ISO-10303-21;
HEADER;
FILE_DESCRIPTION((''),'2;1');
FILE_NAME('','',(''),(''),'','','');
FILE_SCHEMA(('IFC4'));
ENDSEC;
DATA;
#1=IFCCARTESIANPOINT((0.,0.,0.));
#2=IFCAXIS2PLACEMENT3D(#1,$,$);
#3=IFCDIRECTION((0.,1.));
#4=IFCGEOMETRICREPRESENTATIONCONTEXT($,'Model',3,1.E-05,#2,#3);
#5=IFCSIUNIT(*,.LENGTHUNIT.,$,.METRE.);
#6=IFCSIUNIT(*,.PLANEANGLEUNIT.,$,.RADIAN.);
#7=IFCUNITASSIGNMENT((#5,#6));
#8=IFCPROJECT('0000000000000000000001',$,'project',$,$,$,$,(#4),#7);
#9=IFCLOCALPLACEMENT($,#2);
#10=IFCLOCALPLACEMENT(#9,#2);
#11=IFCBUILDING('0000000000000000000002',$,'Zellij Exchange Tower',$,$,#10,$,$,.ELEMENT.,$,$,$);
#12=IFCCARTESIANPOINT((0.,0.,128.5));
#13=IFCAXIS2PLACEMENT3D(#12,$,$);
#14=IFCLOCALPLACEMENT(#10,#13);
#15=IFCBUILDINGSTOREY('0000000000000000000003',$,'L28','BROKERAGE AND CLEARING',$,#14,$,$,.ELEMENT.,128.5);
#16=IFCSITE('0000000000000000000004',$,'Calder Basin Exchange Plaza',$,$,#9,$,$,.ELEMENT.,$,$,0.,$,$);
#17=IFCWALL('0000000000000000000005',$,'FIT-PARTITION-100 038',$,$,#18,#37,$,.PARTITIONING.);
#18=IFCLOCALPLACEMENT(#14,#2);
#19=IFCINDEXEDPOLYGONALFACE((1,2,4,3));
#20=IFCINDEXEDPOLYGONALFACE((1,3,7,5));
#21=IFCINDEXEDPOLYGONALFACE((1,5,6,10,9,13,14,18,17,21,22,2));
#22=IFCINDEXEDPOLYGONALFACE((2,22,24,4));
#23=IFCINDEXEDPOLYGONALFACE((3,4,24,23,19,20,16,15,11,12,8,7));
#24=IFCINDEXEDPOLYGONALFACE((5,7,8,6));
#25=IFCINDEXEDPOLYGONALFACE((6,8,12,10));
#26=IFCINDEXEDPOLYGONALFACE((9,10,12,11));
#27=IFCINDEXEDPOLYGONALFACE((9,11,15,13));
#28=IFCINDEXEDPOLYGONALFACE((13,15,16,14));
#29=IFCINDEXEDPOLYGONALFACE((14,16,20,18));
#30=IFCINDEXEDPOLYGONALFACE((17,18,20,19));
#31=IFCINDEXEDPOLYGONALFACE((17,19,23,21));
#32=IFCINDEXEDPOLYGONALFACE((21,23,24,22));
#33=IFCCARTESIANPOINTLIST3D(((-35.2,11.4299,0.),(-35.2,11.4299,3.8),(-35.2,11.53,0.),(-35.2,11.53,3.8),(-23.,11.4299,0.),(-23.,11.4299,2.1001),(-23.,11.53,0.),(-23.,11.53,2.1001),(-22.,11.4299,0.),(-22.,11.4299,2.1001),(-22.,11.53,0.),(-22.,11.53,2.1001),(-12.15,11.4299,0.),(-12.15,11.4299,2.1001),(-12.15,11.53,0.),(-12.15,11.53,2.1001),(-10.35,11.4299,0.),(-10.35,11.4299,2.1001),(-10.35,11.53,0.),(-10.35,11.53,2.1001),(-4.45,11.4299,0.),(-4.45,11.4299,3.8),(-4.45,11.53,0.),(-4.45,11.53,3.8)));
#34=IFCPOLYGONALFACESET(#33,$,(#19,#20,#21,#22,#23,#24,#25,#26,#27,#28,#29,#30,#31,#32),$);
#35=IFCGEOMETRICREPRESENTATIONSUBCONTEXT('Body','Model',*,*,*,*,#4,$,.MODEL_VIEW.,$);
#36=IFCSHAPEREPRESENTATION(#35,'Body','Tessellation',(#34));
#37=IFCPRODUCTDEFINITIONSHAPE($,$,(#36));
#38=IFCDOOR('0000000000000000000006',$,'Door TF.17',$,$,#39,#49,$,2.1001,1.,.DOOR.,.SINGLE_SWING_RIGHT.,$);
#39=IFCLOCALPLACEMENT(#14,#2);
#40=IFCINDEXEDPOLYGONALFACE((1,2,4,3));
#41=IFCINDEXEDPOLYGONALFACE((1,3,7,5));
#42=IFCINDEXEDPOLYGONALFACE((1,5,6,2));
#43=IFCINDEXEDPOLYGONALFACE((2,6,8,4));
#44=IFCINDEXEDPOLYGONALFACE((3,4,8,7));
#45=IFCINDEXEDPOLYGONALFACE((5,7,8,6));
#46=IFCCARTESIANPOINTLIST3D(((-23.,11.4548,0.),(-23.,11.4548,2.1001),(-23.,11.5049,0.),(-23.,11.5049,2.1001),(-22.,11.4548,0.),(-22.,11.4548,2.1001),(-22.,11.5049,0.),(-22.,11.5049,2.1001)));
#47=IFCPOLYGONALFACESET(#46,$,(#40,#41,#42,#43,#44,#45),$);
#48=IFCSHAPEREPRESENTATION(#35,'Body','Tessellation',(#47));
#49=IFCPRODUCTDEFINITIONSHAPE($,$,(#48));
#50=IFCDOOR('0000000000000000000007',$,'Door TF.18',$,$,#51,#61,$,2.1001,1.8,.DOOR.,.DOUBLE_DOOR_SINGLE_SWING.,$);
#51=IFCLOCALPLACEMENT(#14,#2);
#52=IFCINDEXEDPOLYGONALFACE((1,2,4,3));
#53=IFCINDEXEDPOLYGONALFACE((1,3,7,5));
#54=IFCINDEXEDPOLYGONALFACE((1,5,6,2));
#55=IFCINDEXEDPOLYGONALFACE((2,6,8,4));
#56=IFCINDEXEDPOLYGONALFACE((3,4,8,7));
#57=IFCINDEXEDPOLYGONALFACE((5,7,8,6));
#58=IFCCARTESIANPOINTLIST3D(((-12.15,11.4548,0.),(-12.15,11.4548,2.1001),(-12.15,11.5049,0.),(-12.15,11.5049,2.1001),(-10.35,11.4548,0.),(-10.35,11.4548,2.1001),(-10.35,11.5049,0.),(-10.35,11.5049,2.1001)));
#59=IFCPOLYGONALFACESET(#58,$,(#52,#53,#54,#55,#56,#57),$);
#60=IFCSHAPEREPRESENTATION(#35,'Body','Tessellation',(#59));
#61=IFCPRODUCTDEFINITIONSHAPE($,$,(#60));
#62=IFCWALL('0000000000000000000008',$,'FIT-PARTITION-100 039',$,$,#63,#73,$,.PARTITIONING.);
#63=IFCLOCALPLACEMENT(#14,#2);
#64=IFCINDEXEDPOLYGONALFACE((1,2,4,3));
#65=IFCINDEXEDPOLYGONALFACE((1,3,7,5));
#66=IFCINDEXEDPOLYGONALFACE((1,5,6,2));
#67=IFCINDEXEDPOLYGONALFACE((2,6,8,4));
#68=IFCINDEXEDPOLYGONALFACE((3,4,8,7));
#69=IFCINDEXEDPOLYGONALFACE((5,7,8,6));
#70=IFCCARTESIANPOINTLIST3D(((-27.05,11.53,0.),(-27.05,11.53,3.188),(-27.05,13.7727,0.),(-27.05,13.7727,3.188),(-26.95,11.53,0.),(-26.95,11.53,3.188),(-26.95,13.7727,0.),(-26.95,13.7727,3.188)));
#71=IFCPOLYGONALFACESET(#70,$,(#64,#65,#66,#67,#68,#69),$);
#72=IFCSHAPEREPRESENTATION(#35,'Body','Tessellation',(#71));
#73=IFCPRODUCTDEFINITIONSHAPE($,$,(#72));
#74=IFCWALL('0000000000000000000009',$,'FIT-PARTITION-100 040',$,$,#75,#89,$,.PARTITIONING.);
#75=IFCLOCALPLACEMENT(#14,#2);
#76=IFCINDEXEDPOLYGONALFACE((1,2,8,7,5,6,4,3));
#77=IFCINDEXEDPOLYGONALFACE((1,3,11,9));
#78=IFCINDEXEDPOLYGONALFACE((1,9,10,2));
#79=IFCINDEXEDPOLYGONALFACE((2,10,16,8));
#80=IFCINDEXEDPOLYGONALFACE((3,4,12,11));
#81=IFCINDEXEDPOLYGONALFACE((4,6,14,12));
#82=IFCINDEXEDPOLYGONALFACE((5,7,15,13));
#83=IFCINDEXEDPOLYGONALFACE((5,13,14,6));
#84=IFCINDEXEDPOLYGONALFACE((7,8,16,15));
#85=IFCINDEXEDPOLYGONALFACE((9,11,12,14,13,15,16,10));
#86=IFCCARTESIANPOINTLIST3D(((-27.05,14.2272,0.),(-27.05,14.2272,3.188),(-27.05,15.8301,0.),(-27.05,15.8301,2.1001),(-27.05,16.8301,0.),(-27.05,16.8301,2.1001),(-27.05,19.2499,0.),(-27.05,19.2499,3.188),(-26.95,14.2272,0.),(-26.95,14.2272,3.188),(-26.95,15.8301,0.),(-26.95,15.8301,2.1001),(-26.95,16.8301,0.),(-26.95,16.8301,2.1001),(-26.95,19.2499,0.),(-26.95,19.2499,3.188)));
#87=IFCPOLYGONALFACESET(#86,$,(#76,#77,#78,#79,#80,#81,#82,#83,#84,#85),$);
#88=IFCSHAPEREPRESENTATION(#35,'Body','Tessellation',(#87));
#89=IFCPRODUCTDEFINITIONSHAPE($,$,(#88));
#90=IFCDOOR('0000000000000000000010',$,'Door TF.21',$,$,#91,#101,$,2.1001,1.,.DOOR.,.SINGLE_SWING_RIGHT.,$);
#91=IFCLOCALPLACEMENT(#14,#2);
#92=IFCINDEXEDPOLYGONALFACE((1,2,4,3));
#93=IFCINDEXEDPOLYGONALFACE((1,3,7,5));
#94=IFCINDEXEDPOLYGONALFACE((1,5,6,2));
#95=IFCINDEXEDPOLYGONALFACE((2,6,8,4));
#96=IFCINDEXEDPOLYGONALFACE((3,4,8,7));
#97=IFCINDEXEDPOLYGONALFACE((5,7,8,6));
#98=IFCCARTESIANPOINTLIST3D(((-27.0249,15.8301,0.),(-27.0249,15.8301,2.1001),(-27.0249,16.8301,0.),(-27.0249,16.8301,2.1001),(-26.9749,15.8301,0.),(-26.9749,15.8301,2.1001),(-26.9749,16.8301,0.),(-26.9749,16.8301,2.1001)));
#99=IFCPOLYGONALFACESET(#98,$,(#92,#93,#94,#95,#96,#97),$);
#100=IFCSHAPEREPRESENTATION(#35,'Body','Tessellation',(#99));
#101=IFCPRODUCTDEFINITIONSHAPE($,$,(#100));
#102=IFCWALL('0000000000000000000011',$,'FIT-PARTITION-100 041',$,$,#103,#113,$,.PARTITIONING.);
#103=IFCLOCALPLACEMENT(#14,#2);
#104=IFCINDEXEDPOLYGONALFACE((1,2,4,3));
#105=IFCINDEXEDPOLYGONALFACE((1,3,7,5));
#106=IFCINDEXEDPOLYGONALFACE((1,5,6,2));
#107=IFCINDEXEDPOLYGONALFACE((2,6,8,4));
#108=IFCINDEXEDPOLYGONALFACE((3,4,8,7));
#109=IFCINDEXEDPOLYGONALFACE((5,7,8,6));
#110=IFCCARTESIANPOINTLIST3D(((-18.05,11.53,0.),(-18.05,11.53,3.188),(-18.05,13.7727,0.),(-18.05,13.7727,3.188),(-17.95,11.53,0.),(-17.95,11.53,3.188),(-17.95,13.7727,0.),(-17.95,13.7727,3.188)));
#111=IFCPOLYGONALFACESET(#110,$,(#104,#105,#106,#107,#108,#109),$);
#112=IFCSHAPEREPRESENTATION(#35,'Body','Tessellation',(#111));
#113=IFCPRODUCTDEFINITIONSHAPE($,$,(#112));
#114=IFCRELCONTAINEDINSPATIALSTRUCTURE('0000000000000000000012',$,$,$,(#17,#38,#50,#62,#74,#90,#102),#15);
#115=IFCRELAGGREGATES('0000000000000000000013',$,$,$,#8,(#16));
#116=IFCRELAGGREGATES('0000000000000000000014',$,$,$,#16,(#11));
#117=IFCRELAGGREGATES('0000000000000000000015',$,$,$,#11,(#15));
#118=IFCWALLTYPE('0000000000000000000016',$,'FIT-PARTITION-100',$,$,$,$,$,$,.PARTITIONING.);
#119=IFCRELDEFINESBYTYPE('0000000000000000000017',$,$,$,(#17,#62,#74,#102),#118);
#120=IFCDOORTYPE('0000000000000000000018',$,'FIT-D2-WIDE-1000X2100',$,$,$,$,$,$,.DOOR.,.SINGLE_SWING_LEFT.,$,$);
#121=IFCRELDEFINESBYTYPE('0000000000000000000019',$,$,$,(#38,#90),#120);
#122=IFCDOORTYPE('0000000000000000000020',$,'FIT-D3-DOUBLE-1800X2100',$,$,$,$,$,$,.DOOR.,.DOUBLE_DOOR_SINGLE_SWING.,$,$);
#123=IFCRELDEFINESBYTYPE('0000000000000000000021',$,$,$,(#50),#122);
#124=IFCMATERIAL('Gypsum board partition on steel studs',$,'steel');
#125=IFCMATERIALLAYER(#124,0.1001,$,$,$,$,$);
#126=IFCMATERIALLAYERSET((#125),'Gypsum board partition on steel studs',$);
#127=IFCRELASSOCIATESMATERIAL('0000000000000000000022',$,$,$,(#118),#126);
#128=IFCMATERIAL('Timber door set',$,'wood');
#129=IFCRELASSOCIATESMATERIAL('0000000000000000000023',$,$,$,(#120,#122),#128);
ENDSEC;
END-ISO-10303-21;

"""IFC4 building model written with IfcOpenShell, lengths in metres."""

from ifc_helpers import new_model, si_unit, direction, frame, frame_2d, origin, place, context, subcontext, project, spatial, rectangle, extrude, material, layer, layer_set, type_object, element, fill, save


model = new_model("IFC4")

# Units and contexts
model_context = context("Model", 3, precision=1e-05, world=origin(), true_north=direction((0.0, 1.0)))
body_context = subcontext(model_context, "Body", "Model", "MODEL_VIEW")
ifc_project = project(units=[si_unit("LENGTHUNIT", "METRE"), si_unit("PLANEANGLEUNIT", "RADIAN")], contexts=[model_context])

# Site, building, storey
site_placement = place(None, origin())
site = spatial("IfcSite", under=ifc_project, at=site_placement, Name="Calder Basin Exchange Plaza", CompositionType="ELEMENT", RefElevation=0.0)
building_placement = place(site_placement, origin())
building = spatial("IfcBuilding", under=site, at=building_placement, Name="Zellij Exchange Tower", CompositionType="ELEMENT")
storey_placement = place(building_placement, frame((0.0, 0.0, 128.5)))
storey = spatial("IfcBuildingStorey", under=building, at=storey_placement, Name="L28", Description="BROKERAGE AND CLEARING", CompositionType="ELEMENT", Elevation=128.5)

# Wall, openings, doors
ifc_material_1 = material(Name="Gypsum board partition on steel studs", Category="steel")
ifc_layer_1 = layer(ifc_material_1, 0.1001)
ifc_layer_set_1 = layer_set([ifc_layer_1], Name="Gypsum board partition on steel studs")
wall_type_1 = type_object("IfcWallType", Name="FIT-PARTITION-100", PredefinedType="PARTITIONING", material=ifc_layer_set_1)
wall_1_placement = place(storey_placement, frame((-35.2, 11.48, 0.0), z_axis=(0.0, 0.0, 1.0), x_axis=(1.0, 0.0, 0.0)))
wall_1 = element("IfcWall", 1, at=wall_1_placement, inside=storey, type_object=wall_type_1, Name="FIT-PARTITION-100 038", PredefinedType="PARTITIONING", context=body_context, shape_type="SweptSolid", body=[
    extrude(rectangle(XDim=30.75, YDim=0.1001, at=frame_2d((15.375, 0.0))), origin(), (0.0, 0.0, 1.0), 3.8),
])
opening_1_placement = place(wall_1_placement, frame((12.2, 0.0, 0.0)))
opening_1 = element("IfcOpeningElement", 2, at=opening_1_placement, cuts=wall_1, PredefinedType="OPENING", context=body_context, shape_type="SweptSolid", body=[
    extrude(rectangle(XDim=1.0, YDim=2.1001, at=frame_2d((0.5, 1.05))), frame((0.0, 0.062, 0.0), z_axis=(0.0, -1.0, 0.0), x_axis=(1.0, 0.0, 0.0)), (0.0, 0.0, 1.0), 0.124),
])
opening_2_placement = place(wall_1_placement, frame((23.05, 0.0, 0.0)))
opening_2 = element("IfcOpeningElement", 3, at=opening_2_placement, cuts=wall_1, PredefinedType="OPENING", context=body_context, shape_type="SweptSolid", body=[
    extrude(rectangle(XDim=1.8, YDim=2.1001, at=frame_2d((0.8999, 1.05))), frame((0.0, 0.062, 0.0), z_axis=(0.0, -1.0, 0.0), x_axis=(1.0, 0.0, 0.0)), (0.0, 0.0, 1.0), 0.124),
])
ifc_material_2 = material(Name="Timber door set", Category="wood")
door_type_1 = type_object("IfcDoorType", Name="FIT-D2-WIDE-1000X2100", OperationType="SINGLE_SWING_LEFT", PredefinedType="DOOR", material=ifc_material_2)
door_1_placement = place(opening_1_placement, origin())
door_1 = element("IfcDoor", 4, at=door_1_placement, inside=storey, type_object=door_type_1, Name="Door TF.17", OperationType="SINGLE_SWING_RIGHT", OverallHeight=2.1001, OverallWidth=1.0, PredefinedType="DOOR", context=body_context, shape_type="SweptSolid", body=[
    extrude(rectangle(XDim=1.0, YDim=2.1001, at=frame_2d((0.5, 1.05))), frame((0.0, 0.0249, 0.0), z_axis=(0.0, -1.0, 0.0), x_axis=(1.0, 0.0, 0.0)), (0.0, 0.0, 1.0), 0.05),
])
fill(opening_1, door_1)
door_type_2 = type_object("IfcDoorType", Name="FIT-D3-DOUBLE-1800X2100", OperationType="DOUBLE_DOOR_SINGLE_SWING", PredefinedType="DOOR", material=ifc_material_2)
door_2_placement = place(opening_2_placement, origin())
door_2 = element("IfcDoor", 5, at=door_2_placement, inside=storey, type_object=door_type_2, Name="Door TF.18", OperationType="DOUBLE_DOOR_SINGLE_SWING", OverallHeight=2.1001, OverallWidth=1.8, PredefinedType="DOOR", context=body_context, shape_type="SweptSolid", body=[
    extrude(rectangle(XDim=1.8, YDim=2.1001, at=frame_2d((0.8999, 1.05))), frame((0.0, 0.0249, 0.0), z_axis=(0.0, -1.0, 0.0), x_axis=(1.0, 0.0, 0.0)), (0.0, 0.0, 1.0), 0.05),
])
fill(opening_2, door_2)

# Wall
wall_2_placement = place(storey_placement, frame((-27.0, 11.53, 0.0), z_axis=(0.0, 0.0, 1.0), x_axis=(0.0, 1.0, 0.0)))
element("IfcWall", 6, at=wall_2_placement, inside=storey, type_object=wall_type_1, Name="FIT-PARTITION-100 039", PredefinedType="PARTITIONING", context=body_context, shape_type="SweptSolid", body=[
    extrude(rectangle(XDim=2.2427, YDim=0.1001, at=frame_2d((1.1213, 0.0))), origin(), (0.0, 0.0, 1.0), 3.188),
])

# Wall, opening, door
wall_3_placement = place(storey_placement, frame((-27.0, 14.2273, 0.0), z_axis=(0.0, 0.0, 1.0), x_axis=(0.0, 1.0, 0.0)))
wall_3 = element("IfcWall", 7, at=wall_3_placement, inside=storey, type_object=wall_type_1, Name="FIT-PARTITION-100 040", PredefinedType="PARTITIONING", context=body_context, shape_type="SweptSolid", body=[
    extrude(rectangle(XDim=5.0227, YDim=0.1001, at=frame_2d((2.5112, 0.0))), origin(), (0.0, 0.0, 1.0), 3.188),
])
opening_3_placement = place(wall_3_placement, frame((1.6028, 0.0, 0.0)))
opening_3 = element("IfcOpeningElement", 8, at=opening_3_placement, cuts=wall_3, PredefinedType="OPENING", context=body_context, shape_type="SweptSolid", body=[
    extrude(rectangle(XDim=1.0, YDim=2.1001, at=frame_2d((0.5, 1.05))), frame((0.0, 0.062, 0.0), z_axis=(0.0, -1.0, 0.0), x_axis=(1.0, 0.0, 0.0)), (0.0, 0.0, 1.0), 0.124),
])
door_3_placement = place(opening_3_placement, origin())
door_3 = element("IfcDoor", 9, at=door_3_placement, inside=storey, type_object=door_type_1, Name="Door TF.21", OperationType="SINGLE_SWING_RIGHT", OverallHeight=2.1001, OverallWidth=1.0, PredefinedType="DOOR", context=body_context, shape_type="SweptSolid", body=[
    extrude(rectangle(XDim=1.0, YDim=2.1001, at=frame_2d((0.5, 1.05))), frame((0.0, 0.0249, 0.0), z_axis=(0.0, -1.0, 0.0), x_axis=(1.0, 0.0, 0.0)), (0.0, 0.0, 1.0), 0.05),
])
fill(opening_3, door_3)

# Wall
wall_4_placement = place(storey_placement, frame((-18.0, 11.53, 0.0), z_axis=(0.0, 0.0, 1.0), x_axis=(0.0, 1.0, 0.0)))
element("IfcWall", 10, at=wall_4_placement, inside=storey, type_object=wall_type_1, Name="FIT-PARTITION-100 041", PredefinedType="PARTITIONING", context=body_context, shape_type="SweptSolid", body=[
    extrude(rectangle(XDim=2.2427, YDim=0.1001, at=frame_2d((1.1213, 0.0))), origin(), (0.0, 0.0, 1.0), 3.188),
])

save(model, "model.ifc")
